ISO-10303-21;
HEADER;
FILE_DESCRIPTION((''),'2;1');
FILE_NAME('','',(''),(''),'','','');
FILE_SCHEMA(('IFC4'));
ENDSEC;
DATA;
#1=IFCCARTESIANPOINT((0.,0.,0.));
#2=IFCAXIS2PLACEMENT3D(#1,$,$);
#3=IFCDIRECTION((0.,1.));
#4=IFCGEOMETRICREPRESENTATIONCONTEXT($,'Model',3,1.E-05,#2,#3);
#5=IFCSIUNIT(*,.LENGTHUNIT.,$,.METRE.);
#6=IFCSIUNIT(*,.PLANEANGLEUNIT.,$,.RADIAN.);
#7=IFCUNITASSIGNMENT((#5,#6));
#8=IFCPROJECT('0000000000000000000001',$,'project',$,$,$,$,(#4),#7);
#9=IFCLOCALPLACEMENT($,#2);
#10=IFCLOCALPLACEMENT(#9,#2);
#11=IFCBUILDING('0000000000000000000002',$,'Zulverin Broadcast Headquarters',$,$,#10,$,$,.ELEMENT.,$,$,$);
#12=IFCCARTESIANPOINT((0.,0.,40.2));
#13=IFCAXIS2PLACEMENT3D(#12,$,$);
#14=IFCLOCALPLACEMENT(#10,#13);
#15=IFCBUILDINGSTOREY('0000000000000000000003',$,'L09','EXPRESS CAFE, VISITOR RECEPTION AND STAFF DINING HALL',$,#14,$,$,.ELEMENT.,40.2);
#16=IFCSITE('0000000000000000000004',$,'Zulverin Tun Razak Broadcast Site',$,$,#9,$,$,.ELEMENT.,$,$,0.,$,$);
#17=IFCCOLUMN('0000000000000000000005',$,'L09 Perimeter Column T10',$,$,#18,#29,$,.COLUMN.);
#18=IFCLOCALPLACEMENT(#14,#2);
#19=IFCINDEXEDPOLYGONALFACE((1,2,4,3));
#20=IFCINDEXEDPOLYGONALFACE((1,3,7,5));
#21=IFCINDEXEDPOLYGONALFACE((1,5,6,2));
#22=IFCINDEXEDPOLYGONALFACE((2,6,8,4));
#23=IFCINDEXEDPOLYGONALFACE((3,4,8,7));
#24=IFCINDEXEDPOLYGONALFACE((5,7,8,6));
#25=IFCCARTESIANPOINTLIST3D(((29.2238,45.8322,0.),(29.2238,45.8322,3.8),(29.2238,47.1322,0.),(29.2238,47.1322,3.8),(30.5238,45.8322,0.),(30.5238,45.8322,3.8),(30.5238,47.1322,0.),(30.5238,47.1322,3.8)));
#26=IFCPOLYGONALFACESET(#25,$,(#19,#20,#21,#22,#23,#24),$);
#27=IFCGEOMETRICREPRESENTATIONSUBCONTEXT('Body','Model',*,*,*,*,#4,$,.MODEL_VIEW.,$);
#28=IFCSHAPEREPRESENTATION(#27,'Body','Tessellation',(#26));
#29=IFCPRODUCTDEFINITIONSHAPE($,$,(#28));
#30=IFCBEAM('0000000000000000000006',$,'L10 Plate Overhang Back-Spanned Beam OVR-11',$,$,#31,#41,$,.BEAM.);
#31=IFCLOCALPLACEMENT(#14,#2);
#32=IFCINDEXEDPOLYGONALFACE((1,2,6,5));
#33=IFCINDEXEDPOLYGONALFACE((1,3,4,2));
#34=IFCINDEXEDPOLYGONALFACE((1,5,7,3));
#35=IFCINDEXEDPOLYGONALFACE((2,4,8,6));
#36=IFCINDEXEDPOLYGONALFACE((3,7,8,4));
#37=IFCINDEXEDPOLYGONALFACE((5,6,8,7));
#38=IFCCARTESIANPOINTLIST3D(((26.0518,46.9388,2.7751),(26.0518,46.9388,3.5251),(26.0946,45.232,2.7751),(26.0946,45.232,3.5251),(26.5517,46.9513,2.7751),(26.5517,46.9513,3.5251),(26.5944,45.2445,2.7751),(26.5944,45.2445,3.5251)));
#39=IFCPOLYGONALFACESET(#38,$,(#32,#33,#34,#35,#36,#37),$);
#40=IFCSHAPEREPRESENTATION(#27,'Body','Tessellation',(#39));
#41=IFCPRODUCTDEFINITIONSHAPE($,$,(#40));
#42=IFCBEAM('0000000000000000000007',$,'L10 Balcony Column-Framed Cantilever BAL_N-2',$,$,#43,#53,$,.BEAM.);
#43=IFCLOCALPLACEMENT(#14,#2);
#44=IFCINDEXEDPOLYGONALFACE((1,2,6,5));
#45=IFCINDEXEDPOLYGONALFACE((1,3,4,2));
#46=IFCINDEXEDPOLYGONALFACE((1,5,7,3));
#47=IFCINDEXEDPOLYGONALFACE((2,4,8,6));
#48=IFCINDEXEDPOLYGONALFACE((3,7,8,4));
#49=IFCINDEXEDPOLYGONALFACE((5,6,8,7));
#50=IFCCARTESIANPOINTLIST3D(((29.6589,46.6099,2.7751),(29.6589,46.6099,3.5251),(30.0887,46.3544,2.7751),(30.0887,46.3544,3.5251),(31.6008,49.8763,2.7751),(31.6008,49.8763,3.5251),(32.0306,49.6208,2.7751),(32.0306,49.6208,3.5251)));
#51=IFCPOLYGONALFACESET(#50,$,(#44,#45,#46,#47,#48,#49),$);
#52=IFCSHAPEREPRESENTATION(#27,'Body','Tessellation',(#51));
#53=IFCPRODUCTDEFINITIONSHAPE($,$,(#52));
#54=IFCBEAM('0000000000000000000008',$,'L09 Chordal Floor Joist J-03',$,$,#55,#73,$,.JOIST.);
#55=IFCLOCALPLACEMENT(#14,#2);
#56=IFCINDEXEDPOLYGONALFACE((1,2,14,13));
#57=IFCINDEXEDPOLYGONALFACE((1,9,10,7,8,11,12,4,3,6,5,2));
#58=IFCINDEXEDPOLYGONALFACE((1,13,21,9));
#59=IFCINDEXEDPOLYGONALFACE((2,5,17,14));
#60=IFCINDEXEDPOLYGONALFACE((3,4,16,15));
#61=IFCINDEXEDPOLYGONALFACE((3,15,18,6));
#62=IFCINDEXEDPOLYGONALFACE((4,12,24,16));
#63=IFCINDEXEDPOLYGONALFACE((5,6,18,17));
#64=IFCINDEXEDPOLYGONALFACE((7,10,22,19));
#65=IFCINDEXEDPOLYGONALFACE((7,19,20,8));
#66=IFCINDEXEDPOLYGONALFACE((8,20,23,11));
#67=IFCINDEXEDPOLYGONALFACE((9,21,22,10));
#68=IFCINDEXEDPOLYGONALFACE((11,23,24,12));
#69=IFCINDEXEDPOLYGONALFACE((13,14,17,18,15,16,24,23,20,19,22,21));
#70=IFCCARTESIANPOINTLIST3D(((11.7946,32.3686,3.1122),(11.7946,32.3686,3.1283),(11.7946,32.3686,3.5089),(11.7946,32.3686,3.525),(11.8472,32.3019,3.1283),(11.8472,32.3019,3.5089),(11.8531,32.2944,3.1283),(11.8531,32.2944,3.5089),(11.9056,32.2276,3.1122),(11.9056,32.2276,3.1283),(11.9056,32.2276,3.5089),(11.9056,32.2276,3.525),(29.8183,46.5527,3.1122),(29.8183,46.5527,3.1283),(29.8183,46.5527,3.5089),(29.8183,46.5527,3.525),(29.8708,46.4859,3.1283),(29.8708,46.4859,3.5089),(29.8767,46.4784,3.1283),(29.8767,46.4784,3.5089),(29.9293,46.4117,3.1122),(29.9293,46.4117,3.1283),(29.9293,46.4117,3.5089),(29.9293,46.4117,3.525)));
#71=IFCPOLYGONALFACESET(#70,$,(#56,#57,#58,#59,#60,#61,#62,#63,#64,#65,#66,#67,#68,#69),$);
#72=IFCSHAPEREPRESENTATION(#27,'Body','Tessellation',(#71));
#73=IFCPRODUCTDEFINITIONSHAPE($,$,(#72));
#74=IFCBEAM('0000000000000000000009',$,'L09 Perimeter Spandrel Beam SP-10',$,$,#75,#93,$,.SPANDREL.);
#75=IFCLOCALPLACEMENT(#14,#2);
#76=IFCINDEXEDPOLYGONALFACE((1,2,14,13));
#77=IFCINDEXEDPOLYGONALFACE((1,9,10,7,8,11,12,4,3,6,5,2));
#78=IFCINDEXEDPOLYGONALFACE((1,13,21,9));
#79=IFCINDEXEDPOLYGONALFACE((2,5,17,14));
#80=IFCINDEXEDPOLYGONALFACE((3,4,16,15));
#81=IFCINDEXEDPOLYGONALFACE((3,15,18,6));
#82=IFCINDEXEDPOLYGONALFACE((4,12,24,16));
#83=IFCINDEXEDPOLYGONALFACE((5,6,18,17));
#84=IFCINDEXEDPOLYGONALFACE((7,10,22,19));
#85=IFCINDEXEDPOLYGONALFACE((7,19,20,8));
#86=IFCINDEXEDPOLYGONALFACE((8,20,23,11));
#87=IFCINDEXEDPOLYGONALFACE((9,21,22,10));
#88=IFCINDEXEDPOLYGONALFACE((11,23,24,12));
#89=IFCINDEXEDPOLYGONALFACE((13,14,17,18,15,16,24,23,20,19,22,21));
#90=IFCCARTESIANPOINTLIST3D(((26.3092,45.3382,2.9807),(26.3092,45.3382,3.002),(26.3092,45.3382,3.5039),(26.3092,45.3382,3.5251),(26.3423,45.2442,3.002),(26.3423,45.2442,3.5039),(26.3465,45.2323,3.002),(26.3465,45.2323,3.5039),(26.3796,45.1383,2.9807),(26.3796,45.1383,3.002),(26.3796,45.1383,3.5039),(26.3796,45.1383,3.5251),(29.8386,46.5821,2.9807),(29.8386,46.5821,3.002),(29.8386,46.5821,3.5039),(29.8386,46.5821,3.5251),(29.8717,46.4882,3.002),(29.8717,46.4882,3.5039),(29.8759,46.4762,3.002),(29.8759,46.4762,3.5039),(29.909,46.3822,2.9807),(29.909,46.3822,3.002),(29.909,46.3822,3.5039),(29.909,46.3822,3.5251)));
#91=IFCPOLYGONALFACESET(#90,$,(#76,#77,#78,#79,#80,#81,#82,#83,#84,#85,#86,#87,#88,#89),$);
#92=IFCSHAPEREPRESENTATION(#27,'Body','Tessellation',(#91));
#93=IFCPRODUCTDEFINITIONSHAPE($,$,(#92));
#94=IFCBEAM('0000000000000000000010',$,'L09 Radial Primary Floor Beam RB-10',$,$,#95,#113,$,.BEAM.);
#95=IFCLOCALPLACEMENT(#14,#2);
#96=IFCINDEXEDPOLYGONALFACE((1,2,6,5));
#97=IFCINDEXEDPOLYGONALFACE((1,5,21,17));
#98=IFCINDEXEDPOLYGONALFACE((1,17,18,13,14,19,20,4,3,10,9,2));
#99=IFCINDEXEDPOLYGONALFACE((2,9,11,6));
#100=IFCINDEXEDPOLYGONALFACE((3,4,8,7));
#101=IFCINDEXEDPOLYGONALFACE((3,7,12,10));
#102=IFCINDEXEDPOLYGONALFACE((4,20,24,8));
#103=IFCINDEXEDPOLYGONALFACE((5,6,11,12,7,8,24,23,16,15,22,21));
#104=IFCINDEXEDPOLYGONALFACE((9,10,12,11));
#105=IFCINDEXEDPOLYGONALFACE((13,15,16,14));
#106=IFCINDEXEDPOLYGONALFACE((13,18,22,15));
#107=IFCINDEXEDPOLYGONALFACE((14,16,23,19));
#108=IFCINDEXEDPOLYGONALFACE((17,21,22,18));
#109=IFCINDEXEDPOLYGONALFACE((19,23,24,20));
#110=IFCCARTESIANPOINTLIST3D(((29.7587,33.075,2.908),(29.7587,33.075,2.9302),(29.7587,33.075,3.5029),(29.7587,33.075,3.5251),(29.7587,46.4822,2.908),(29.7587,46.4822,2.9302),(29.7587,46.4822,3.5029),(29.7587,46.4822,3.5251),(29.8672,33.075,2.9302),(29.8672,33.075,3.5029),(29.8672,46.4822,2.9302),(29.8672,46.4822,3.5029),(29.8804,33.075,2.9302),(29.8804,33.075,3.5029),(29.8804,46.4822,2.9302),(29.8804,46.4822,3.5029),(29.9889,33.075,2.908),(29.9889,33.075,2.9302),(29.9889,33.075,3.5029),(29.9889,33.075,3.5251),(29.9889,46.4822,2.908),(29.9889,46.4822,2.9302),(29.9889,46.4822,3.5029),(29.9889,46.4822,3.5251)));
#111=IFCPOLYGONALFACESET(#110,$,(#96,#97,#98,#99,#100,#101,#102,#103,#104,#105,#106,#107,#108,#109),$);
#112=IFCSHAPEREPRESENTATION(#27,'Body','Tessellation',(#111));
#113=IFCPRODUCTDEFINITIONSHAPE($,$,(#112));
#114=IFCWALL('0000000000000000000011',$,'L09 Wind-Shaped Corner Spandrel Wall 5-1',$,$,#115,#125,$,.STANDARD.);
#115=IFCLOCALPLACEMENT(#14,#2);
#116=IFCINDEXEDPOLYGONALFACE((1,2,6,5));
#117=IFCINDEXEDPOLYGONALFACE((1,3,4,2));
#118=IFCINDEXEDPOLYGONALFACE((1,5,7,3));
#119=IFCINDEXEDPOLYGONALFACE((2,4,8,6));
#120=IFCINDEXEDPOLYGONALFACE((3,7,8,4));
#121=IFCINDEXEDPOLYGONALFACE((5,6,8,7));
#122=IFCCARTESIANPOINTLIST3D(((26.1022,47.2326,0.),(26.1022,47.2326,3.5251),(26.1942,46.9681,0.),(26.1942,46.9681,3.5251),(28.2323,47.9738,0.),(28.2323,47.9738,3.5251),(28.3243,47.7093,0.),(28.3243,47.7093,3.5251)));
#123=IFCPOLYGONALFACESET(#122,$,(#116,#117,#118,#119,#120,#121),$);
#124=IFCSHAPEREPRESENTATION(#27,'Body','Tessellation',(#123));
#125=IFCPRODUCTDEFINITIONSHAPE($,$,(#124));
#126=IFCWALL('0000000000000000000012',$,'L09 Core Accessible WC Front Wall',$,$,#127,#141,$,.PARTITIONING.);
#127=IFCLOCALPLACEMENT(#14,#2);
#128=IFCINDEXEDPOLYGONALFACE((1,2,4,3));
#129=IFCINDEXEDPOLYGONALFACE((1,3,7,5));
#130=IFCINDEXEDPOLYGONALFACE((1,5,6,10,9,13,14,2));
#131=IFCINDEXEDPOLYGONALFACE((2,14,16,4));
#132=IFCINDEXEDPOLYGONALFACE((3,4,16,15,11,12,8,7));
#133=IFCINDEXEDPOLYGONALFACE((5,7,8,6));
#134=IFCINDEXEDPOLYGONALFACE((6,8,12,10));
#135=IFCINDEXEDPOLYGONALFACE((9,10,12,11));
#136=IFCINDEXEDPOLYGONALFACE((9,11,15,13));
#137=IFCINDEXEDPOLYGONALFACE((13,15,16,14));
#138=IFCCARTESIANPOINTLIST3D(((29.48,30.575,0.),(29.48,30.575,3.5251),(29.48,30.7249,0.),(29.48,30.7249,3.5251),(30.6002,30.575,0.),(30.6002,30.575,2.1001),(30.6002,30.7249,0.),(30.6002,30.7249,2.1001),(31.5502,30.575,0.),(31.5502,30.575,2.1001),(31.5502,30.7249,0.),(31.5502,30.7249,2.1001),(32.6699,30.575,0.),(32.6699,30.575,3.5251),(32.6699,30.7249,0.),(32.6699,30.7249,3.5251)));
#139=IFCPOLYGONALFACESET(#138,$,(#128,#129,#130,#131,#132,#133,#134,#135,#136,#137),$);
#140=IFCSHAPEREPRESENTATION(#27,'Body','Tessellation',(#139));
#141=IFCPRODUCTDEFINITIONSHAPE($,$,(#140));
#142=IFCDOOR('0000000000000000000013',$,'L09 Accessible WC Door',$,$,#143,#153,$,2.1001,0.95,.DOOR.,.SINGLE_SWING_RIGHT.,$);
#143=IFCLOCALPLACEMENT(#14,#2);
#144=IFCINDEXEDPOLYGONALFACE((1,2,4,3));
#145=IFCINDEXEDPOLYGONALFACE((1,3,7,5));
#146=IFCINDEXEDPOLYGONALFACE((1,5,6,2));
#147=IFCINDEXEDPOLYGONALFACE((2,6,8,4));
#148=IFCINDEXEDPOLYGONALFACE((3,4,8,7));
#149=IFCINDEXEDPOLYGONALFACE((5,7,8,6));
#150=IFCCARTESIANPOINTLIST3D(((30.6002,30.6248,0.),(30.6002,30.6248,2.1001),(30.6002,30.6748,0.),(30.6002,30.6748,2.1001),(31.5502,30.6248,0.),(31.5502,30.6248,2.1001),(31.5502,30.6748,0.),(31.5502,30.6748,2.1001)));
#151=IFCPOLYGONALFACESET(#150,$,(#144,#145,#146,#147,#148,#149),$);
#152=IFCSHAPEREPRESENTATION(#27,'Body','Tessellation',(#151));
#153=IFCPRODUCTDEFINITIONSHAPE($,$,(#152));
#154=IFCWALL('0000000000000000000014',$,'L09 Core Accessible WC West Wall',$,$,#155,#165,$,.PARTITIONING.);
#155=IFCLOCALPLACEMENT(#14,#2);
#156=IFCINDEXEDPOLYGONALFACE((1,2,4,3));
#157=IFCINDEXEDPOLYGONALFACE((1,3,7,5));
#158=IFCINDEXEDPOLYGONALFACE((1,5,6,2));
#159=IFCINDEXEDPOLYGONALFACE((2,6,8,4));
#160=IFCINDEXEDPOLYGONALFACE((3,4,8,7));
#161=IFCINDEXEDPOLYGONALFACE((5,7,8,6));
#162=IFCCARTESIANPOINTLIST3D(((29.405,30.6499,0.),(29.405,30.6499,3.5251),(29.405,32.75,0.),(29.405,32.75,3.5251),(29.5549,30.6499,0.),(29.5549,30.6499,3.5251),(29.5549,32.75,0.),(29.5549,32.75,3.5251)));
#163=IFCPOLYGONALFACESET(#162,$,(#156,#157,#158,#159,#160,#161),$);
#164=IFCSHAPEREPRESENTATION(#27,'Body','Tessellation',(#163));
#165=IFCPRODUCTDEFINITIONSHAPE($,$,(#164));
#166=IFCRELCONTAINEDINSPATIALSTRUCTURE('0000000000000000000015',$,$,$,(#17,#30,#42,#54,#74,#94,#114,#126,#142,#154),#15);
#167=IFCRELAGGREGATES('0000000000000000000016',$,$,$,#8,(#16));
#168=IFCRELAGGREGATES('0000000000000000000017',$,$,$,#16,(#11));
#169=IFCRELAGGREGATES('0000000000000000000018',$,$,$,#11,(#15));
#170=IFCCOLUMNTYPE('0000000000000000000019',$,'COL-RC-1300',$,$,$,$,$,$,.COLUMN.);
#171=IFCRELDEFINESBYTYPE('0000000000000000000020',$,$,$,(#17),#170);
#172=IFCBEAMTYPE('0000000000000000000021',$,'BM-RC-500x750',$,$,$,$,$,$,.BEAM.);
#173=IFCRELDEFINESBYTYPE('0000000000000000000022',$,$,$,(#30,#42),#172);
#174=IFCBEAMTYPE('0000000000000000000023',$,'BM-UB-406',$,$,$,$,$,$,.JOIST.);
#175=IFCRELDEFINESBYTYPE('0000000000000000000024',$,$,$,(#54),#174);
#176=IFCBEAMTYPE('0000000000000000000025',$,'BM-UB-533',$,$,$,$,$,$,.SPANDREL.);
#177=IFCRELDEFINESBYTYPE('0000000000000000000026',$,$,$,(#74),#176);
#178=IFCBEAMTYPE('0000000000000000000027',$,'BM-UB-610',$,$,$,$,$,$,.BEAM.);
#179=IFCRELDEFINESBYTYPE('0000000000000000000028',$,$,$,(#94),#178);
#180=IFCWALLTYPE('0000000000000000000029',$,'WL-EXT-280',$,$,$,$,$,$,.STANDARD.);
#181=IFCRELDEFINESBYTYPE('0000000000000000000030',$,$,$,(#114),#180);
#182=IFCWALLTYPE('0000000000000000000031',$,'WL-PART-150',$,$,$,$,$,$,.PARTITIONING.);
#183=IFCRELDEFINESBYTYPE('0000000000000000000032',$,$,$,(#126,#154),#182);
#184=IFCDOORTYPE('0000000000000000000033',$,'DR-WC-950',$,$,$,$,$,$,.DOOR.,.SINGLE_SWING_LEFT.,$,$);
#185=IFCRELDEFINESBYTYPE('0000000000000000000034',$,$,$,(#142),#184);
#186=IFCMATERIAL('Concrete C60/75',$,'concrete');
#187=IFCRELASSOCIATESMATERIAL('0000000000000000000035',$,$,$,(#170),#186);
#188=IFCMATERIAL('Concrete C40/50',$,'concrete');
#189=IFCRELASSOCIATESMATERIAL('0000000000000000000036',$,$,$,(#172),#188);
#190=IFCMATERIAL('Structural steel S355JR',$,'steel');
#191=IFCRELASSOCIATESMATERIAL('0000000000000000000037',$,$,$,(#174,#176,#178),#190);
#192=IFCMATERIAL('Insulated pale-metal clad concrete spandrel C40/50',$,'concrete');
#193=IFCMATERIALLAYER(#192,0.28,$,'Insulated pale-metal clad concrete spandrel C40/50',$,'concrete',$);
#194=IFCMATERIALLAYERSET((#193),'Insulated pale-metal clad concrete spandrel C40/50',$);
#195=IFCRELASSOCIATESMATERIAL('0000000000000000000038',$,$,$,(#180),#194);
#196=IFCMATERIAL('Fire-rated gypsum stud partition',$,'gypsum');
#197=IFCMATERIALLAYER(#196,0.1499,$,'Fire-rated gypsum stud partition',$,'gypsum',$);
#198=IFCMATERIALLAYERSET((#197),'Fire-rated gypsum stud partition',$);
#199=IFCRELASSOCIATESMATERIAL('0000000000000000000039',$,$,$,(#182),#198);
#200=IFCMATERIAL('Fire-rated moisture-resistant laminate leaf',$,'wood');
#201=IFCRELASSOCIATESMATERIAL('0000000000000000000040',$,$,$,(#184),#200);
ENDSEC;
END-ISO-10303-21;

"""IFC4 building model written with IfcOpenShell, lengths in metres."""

from ifc_helpers import new_model, si_unit, direction, frame, frame_2d, origin, origin_2d, place, context, subcontext, project, spatial, rectangle, i_section, extrude, material, layer, layer_set, material_profile, profile_set, type_object, element, fill, save


model = new_model("IFC4")

# Units and contexts
model_context = context("Model", 3, precision=1e-05, world=origin(), true_north=direction((0.0, 1.0)))
body_context = subcontext(model_context, "Body", "Model", "MODEL_VIEW")
ifc_project = project(units=[si_unit("LENGTHUNIT", "METRE"), si_unit("PLANEANGLEUNIT", "RADIAN")], contexts=[model_context])

# Site, building, storey
site_placement = place(None, origin())
site = spatial("IfcSite", under=ifc_project, at=site_placement, Name="Zulverin Tun Razak Broadcast Site", CompositionType="ELEMENT", RefElevation=0.0)
building_placement = place(site_placement, origin())
building = spatial("IfcBuilding", under=site, at=building_placement, Name="Zulverin Broadcast Headquarters", CompositionType="ELEMENT")
storey_placement = place(building_placement, frame((0.0, 0.0, 40.2)))
storey = spatial("IfcBuildingStorey", under=building, at=storey_placement, Name="L09", Description="EXPRESS CAFE, VISITOR RECEPTION AND STAFF DINING HALL", CompositionType="ELEMENT", Elevation=40.2)

# Column
ifc_material_1 = material(Name="Concrete C60/75", Category="concrete")
ifc_material_profile_1 = material_profile(ifc_material_1, rectangle(XDim=1.3, YDim=1.3, at=origin_2d()), Name="Concrete C60/75", Category="concrete")
ifc_profile_set_1 = profile_set([ifc_material_profile_1], Name="Concrete C60/75")
column_type = type_object("IfcColumnType", Name="COL-RC-1300", PredefinedType="COLUMN", material=ifc_profile_set_1)
column_placement = place(storey_placement, frame((29.8738, 46.4822, 0.0), z_axis=(0.0, 0.0, 1.0), x_axis=(1.0, 0.0, 0.0)))
element("IfcColumn", 1, at=column_placement, inside=storey, type_object=column_type, Name="L09 Perimeter Column T10", PredefinedType="COLUMN", context=body_context, shape_type="SweptSolid", body=[
    extrude(rectangle(XDim=1.3, YDim=1.3, at=origin_2d()), origin(), (0.0, 0.0, 1.0), 3.8),
])

# Beams
ifc_material_2 = material(Name="Concrete C40/50", Category="concrete")
ifc_material_profile_2 = material_profile(ifc_material_2, rectangle(XDim=0.5, YDim=0.75, at=origin_2d()), Name="Concrete C40/50", Category="concrete")
ifc_profile_set_2 = profile_set([ifc_material_profile_2], Name="Concrete C40/50")
beam_type_1 = type_object("IfcBeamType", Name="BM-RC-500x750", PredefinedType="BEAM", material=ifc_profile_set_2)
beam_1_placement = place(storey_placement, frame((26.3445, 45.2383, 3.1501), z_axis=(-0.025024, 0.999687, 0.0), x_axis=(-0.999687, -0.025024, 0.0)))
element("IfcBeam", 2, at=beam_1_placement, inside=storey, type_object=beam_type_1, Name="L10 Plate Overhang Back-Spanned Beam OVR-11", PredefinedType="BEAM", context=body_context, shape_type="SweptSolid", body=[
    extrude(rectangle(XDim=0.5, YDim=0.75, at=origin_2d()), origin(), (0.0, 0.0, 1.0), 1.7073),
])
beam_2_placement = place(storey_placement, frame((29.8738, 46.4822, 3.1501), z_axis=(0.511024, 0.859566, 0.0), x_axis=(-0.859566, 0.511024, 0.0)))
element("IfcBeam", 3, at=beam_2_placement, inside=storey, type_object=beam_type_1, Name="L10 Balcony Column-Framed Cantilever BAL_N-2", PredefinedType="BEAM", context=body_context, shape_type="SweptSolid", body=[
    extrude(rectangle(XDim=0.5, YDim=0.75, at=origin_2d()), origin(), (0.0, 0.0, 1.0), 3.8),
])
ifc_material_3 = material(Name="Structural steel S355JR", Category="steel")
ifc_material_profile_3 = material_profile(ifc_material_3, i_section(OverallWidth=0.1794, OverallDepth=0.4128, WebThickness=0.0095, FlangeThickness=0.0161, at=origin_2d()), Name="Structural steel S355JR", Category="steel")
ifc_profile_set_3 = profile_set([ifc_material_profile_3], Name="Structural steel S355JR")
beam_type_2 = type_object("IfcBeamType", Name="BM-UB-406", PredefinedType="JOIST", material=ifc_profile_set_3)
beam_3_placement = place(storey_placement, frame((29.8738, 46.4822, 3.3186), z_axis=(-0.785839, -0.618431, 0.0), x_axis=(0.618431, -0.785839, 0.0)))
element("IfcBeam", 4, at=beam_3_placement, inside=storey, type_object=beam_type_2, Name="L09 Chordal Floor Joist J-03", PredefinedType="JOIST", context=body_context, shape_type="SweptSolid", body=[
    extrude(i_section(OverallWidth=0.1794, OverallDepth=0.4128, WebThickness=0.0095, FlangeThickness=0.0161, at=origin_2d()), origin(), (0.0, 0.0, 1.0), 22.9355),
])
ifc_material_profile_4 = material_profile(ifc_material_3, i_section(OverallWidth=0.2119, OverallDepth=0.5444, WebThickness=0.0127, FlangeThickness=0.0212, at=origin_2d()), Name="Structural steel S355JR", Category="steel")
ifc_profile_set_4 = profile_set([ifc_material_profile_4], Name="Structural steel S355JR")
beam_type_3 = type_object("IfcBeamType", Name="BM-UB-533", PredefinedType="SPANDREL", material=ifc_profile_set_4)
beam_4_placement = place(storey_placement, frame((29.8738, 46.4822, 3.2529), z_axis=(-0.943136, -0.332407, 0.0), x_axis=(0.332407, -0.943136, 0.0)))
element("IfcBeam", 5, at=beam_4_placement, inside=storey, type_object=beam_type_3, Name="L09 Perimeter Spandrel Beam SP-10", PredefinedType="SPANDREL", context=body_context, shape_type="SweptSolid", body=[
    extrude(i_section(OverallWidth=0.2119, OverallDepth=0.5444, WebThickness=0.0127, FlangeThickness=0.0212, at=origin_2d()), origin(), (0.0, 0.0, 1.0), 3.7422),
])
ifc_material_profile_5 = material_profile(ifc_material_3, i_section(OverallWidth=0.2302, OverallDepth=0.6172, WebThickness=0.0132, FlangeThickness=0.0222, at=origin_2d()), Name="Structural steel S355JR", Category="steel")
ifc_profile_set_5 = profile_set([ifc_material_profile_5], Name="Structural steel S355JR")
beam_type_4 = type_object("IfcBeamType", Name="BM-UB-610", PredefinedType="BEAM", material=ifc_profile_set_5)
beam_5_placement = place(storey_placement, frame((29.8738, 33.075, 3.2166), z_axis=(0.0, 1.0, 0.0), x_axis=(-1.0, 0.0, 0.0)))
element("IfcBeam", 6, at=beam_5_placement, inside=storey, type_object=beam_type_4, Name="L09 Radial Primary Floor Beam RB-10", PredefinedType="BEAM", context=body_context, shape_type="SweptSolid", body=[
    extrude(i_section(OverallWidth=0.2302, OverallDepth=0.6172, WebThickness=0.0132, FlangeThickness=0.0222, at=origin_2d()), origin(), (0.0, 0.0, 1.0), 13.4072),
])

# Wall
ifc_material_4 = material(Name="Insulated pale-metal clad concrete spandrel C40/50", Category="concrete")
ifc_layer_1 = layer(ifc_material_4, 0.28, Name="Insulated pale-metal clad concrete spandrel C40/50", Category="concrete")
ifc_layer_set_1 = layer_set([ifc_layer_1], Name="Insulated pale-metal clad concrete spandrel C40/50")
wall_type_1 = type_object("IfcWallType", Name="WL-EXT-280", PredefinedType="STANDARD", material=ifc_layer_set_1)
wall_1_placement = place(storey_placement, frame((28.2783, 47.8416, 0.0), z_axis=(0.0, 0.0, 1.0), x_axis=(-0.944456, -0.328638, 0.0)))
element("IfcWall", 7, at=wall_1_placement, inside=storey, type_object=wall_type_1, Name="L09 Wind-Shaped Corner Spandrel Wall 5-1", PredefinedType="STANDARD", context=body_context, shape_type="SweptSolid", body=[
    extrude(rectangle(XDim=2.2554, YDim=0.28, at=frame_2d((1.1277, 0.0))), origin(), (0.0, 0.0, 1.0), 3.5251),
])

# Wall, opening, door
ifc_material_5 = material(Name="Fire-rated gypsum stud partition", Category="gypsum")
ifc_layer_2 = layer(ifc_material_5, 0.1499, Name="Fire-rated gypsum stud partition", Category="gypsum")
ifc_layer_set_2 = layer_set([ifc_layer_2], Name="Fire-rated gypsum stud partition")
wall_type_2 = type_object("IfcWallType", Name="WL-PART-150", PredefinedType="PARTITIONING", material=ifc_layer_set_2)
wall_2_placement = place(storey_placement, frame((29.48, 30.6499, 0.0), z_axis=(0.0, 0.0, 1.0), x_axis=(1.0, 0.0, 0.0)))
wall_2 = element("IfcWall", 8, at=wall_2_placement, inside=storey, type_object=wall_type_2, Name="L09 Core Accessible WC Front Wall", PredefinedType="PARTITIONING", context=body_context, shape_type="SweptSolid", body=[
    extrude(rectangle(XDim=3.1899, YDim=0.1499, at=frame_2d((1.595, 0.0))), origin(), (0.0, 0.0, 1.0), 3.5251),
])
opening_1_placement = place(wall_2_placement, frame((1.1201, 0.0, 0.0)))
opening_1 = element("IfcOpeningElement", 9, at=opening_1_placement, cuts=wall_2, PredefinedType="OPENING", context=body_context, shape_type="SweptSolid", body=[
    extrude(rectangle(XDim=0.95, YDim=2.1001, at=frame_2d((0.4751, 1.05))), frame((0.0, 0.085, 0.0), z_axis=(0.0, -1.0, 0.0), x_axis=(1.0, 0.0, 0.0)), (0.0, 0.0, 1.0), 0.1699),
])
ifc_material_6 = material(Name="Fire-rated moisture-resistant laminate leaf", Category="wood")
door_type_1 = type_object("IfcDoorType", Name="DR-WC-950", OperationType="SINGLE_SWING_LEFT", PredefinedType="DOOR", material=ifc_material_6)
door_1_placement = place(opening_1_placement, origin())
door_1 = element("IfcDoor", 10, at=door_1_placement, inside=storey, type_object=door_type_1, Name="L09 Accessible WC Door", OperationType="SINGLE_SWING_RIGHT", OverallHeight=2.1001, OverallWidth=0.95, PredefinedType="DOOR", context=body_context, shape_type="SweptSolid", body=[
    extrude(rectangle(XDim=0.95, YDim=2.1001, at=frame_2d((0.4751, 1.05))), frame((0.0, 0.0249, 0.0), z_axis=(0.0, -1.0, 0.0), x_axis=(1.0, 0.0, 0.0)), (0.0, 0.0, 1.0), 0.05),
])
fill(opening_1, door_1)

# Wall
wall_3_placement = place(storey_placement, frame((29.48, 30.6499, 0.0), z_axis=(0.0, 0.0, 1.0), x_axis=(0.0, 1.0, 0.0)))
element("IfcWall", 11, at=wall_3_placement, inside=storey, type_object=wall_type_2, Name="L09 Core Accessible WC West Wall", PredefinedType="PARTITIONING", context=body_context, shape_type="SweptSolid", body=[
    extrude(rectangle(XDim=2.1001, YDim=0.1499, at=frame_2d((1.05, 0.0))), origin(), (0.0, 0.0, 1.0), 3.5251),
])

save(model, "model.ifc")
